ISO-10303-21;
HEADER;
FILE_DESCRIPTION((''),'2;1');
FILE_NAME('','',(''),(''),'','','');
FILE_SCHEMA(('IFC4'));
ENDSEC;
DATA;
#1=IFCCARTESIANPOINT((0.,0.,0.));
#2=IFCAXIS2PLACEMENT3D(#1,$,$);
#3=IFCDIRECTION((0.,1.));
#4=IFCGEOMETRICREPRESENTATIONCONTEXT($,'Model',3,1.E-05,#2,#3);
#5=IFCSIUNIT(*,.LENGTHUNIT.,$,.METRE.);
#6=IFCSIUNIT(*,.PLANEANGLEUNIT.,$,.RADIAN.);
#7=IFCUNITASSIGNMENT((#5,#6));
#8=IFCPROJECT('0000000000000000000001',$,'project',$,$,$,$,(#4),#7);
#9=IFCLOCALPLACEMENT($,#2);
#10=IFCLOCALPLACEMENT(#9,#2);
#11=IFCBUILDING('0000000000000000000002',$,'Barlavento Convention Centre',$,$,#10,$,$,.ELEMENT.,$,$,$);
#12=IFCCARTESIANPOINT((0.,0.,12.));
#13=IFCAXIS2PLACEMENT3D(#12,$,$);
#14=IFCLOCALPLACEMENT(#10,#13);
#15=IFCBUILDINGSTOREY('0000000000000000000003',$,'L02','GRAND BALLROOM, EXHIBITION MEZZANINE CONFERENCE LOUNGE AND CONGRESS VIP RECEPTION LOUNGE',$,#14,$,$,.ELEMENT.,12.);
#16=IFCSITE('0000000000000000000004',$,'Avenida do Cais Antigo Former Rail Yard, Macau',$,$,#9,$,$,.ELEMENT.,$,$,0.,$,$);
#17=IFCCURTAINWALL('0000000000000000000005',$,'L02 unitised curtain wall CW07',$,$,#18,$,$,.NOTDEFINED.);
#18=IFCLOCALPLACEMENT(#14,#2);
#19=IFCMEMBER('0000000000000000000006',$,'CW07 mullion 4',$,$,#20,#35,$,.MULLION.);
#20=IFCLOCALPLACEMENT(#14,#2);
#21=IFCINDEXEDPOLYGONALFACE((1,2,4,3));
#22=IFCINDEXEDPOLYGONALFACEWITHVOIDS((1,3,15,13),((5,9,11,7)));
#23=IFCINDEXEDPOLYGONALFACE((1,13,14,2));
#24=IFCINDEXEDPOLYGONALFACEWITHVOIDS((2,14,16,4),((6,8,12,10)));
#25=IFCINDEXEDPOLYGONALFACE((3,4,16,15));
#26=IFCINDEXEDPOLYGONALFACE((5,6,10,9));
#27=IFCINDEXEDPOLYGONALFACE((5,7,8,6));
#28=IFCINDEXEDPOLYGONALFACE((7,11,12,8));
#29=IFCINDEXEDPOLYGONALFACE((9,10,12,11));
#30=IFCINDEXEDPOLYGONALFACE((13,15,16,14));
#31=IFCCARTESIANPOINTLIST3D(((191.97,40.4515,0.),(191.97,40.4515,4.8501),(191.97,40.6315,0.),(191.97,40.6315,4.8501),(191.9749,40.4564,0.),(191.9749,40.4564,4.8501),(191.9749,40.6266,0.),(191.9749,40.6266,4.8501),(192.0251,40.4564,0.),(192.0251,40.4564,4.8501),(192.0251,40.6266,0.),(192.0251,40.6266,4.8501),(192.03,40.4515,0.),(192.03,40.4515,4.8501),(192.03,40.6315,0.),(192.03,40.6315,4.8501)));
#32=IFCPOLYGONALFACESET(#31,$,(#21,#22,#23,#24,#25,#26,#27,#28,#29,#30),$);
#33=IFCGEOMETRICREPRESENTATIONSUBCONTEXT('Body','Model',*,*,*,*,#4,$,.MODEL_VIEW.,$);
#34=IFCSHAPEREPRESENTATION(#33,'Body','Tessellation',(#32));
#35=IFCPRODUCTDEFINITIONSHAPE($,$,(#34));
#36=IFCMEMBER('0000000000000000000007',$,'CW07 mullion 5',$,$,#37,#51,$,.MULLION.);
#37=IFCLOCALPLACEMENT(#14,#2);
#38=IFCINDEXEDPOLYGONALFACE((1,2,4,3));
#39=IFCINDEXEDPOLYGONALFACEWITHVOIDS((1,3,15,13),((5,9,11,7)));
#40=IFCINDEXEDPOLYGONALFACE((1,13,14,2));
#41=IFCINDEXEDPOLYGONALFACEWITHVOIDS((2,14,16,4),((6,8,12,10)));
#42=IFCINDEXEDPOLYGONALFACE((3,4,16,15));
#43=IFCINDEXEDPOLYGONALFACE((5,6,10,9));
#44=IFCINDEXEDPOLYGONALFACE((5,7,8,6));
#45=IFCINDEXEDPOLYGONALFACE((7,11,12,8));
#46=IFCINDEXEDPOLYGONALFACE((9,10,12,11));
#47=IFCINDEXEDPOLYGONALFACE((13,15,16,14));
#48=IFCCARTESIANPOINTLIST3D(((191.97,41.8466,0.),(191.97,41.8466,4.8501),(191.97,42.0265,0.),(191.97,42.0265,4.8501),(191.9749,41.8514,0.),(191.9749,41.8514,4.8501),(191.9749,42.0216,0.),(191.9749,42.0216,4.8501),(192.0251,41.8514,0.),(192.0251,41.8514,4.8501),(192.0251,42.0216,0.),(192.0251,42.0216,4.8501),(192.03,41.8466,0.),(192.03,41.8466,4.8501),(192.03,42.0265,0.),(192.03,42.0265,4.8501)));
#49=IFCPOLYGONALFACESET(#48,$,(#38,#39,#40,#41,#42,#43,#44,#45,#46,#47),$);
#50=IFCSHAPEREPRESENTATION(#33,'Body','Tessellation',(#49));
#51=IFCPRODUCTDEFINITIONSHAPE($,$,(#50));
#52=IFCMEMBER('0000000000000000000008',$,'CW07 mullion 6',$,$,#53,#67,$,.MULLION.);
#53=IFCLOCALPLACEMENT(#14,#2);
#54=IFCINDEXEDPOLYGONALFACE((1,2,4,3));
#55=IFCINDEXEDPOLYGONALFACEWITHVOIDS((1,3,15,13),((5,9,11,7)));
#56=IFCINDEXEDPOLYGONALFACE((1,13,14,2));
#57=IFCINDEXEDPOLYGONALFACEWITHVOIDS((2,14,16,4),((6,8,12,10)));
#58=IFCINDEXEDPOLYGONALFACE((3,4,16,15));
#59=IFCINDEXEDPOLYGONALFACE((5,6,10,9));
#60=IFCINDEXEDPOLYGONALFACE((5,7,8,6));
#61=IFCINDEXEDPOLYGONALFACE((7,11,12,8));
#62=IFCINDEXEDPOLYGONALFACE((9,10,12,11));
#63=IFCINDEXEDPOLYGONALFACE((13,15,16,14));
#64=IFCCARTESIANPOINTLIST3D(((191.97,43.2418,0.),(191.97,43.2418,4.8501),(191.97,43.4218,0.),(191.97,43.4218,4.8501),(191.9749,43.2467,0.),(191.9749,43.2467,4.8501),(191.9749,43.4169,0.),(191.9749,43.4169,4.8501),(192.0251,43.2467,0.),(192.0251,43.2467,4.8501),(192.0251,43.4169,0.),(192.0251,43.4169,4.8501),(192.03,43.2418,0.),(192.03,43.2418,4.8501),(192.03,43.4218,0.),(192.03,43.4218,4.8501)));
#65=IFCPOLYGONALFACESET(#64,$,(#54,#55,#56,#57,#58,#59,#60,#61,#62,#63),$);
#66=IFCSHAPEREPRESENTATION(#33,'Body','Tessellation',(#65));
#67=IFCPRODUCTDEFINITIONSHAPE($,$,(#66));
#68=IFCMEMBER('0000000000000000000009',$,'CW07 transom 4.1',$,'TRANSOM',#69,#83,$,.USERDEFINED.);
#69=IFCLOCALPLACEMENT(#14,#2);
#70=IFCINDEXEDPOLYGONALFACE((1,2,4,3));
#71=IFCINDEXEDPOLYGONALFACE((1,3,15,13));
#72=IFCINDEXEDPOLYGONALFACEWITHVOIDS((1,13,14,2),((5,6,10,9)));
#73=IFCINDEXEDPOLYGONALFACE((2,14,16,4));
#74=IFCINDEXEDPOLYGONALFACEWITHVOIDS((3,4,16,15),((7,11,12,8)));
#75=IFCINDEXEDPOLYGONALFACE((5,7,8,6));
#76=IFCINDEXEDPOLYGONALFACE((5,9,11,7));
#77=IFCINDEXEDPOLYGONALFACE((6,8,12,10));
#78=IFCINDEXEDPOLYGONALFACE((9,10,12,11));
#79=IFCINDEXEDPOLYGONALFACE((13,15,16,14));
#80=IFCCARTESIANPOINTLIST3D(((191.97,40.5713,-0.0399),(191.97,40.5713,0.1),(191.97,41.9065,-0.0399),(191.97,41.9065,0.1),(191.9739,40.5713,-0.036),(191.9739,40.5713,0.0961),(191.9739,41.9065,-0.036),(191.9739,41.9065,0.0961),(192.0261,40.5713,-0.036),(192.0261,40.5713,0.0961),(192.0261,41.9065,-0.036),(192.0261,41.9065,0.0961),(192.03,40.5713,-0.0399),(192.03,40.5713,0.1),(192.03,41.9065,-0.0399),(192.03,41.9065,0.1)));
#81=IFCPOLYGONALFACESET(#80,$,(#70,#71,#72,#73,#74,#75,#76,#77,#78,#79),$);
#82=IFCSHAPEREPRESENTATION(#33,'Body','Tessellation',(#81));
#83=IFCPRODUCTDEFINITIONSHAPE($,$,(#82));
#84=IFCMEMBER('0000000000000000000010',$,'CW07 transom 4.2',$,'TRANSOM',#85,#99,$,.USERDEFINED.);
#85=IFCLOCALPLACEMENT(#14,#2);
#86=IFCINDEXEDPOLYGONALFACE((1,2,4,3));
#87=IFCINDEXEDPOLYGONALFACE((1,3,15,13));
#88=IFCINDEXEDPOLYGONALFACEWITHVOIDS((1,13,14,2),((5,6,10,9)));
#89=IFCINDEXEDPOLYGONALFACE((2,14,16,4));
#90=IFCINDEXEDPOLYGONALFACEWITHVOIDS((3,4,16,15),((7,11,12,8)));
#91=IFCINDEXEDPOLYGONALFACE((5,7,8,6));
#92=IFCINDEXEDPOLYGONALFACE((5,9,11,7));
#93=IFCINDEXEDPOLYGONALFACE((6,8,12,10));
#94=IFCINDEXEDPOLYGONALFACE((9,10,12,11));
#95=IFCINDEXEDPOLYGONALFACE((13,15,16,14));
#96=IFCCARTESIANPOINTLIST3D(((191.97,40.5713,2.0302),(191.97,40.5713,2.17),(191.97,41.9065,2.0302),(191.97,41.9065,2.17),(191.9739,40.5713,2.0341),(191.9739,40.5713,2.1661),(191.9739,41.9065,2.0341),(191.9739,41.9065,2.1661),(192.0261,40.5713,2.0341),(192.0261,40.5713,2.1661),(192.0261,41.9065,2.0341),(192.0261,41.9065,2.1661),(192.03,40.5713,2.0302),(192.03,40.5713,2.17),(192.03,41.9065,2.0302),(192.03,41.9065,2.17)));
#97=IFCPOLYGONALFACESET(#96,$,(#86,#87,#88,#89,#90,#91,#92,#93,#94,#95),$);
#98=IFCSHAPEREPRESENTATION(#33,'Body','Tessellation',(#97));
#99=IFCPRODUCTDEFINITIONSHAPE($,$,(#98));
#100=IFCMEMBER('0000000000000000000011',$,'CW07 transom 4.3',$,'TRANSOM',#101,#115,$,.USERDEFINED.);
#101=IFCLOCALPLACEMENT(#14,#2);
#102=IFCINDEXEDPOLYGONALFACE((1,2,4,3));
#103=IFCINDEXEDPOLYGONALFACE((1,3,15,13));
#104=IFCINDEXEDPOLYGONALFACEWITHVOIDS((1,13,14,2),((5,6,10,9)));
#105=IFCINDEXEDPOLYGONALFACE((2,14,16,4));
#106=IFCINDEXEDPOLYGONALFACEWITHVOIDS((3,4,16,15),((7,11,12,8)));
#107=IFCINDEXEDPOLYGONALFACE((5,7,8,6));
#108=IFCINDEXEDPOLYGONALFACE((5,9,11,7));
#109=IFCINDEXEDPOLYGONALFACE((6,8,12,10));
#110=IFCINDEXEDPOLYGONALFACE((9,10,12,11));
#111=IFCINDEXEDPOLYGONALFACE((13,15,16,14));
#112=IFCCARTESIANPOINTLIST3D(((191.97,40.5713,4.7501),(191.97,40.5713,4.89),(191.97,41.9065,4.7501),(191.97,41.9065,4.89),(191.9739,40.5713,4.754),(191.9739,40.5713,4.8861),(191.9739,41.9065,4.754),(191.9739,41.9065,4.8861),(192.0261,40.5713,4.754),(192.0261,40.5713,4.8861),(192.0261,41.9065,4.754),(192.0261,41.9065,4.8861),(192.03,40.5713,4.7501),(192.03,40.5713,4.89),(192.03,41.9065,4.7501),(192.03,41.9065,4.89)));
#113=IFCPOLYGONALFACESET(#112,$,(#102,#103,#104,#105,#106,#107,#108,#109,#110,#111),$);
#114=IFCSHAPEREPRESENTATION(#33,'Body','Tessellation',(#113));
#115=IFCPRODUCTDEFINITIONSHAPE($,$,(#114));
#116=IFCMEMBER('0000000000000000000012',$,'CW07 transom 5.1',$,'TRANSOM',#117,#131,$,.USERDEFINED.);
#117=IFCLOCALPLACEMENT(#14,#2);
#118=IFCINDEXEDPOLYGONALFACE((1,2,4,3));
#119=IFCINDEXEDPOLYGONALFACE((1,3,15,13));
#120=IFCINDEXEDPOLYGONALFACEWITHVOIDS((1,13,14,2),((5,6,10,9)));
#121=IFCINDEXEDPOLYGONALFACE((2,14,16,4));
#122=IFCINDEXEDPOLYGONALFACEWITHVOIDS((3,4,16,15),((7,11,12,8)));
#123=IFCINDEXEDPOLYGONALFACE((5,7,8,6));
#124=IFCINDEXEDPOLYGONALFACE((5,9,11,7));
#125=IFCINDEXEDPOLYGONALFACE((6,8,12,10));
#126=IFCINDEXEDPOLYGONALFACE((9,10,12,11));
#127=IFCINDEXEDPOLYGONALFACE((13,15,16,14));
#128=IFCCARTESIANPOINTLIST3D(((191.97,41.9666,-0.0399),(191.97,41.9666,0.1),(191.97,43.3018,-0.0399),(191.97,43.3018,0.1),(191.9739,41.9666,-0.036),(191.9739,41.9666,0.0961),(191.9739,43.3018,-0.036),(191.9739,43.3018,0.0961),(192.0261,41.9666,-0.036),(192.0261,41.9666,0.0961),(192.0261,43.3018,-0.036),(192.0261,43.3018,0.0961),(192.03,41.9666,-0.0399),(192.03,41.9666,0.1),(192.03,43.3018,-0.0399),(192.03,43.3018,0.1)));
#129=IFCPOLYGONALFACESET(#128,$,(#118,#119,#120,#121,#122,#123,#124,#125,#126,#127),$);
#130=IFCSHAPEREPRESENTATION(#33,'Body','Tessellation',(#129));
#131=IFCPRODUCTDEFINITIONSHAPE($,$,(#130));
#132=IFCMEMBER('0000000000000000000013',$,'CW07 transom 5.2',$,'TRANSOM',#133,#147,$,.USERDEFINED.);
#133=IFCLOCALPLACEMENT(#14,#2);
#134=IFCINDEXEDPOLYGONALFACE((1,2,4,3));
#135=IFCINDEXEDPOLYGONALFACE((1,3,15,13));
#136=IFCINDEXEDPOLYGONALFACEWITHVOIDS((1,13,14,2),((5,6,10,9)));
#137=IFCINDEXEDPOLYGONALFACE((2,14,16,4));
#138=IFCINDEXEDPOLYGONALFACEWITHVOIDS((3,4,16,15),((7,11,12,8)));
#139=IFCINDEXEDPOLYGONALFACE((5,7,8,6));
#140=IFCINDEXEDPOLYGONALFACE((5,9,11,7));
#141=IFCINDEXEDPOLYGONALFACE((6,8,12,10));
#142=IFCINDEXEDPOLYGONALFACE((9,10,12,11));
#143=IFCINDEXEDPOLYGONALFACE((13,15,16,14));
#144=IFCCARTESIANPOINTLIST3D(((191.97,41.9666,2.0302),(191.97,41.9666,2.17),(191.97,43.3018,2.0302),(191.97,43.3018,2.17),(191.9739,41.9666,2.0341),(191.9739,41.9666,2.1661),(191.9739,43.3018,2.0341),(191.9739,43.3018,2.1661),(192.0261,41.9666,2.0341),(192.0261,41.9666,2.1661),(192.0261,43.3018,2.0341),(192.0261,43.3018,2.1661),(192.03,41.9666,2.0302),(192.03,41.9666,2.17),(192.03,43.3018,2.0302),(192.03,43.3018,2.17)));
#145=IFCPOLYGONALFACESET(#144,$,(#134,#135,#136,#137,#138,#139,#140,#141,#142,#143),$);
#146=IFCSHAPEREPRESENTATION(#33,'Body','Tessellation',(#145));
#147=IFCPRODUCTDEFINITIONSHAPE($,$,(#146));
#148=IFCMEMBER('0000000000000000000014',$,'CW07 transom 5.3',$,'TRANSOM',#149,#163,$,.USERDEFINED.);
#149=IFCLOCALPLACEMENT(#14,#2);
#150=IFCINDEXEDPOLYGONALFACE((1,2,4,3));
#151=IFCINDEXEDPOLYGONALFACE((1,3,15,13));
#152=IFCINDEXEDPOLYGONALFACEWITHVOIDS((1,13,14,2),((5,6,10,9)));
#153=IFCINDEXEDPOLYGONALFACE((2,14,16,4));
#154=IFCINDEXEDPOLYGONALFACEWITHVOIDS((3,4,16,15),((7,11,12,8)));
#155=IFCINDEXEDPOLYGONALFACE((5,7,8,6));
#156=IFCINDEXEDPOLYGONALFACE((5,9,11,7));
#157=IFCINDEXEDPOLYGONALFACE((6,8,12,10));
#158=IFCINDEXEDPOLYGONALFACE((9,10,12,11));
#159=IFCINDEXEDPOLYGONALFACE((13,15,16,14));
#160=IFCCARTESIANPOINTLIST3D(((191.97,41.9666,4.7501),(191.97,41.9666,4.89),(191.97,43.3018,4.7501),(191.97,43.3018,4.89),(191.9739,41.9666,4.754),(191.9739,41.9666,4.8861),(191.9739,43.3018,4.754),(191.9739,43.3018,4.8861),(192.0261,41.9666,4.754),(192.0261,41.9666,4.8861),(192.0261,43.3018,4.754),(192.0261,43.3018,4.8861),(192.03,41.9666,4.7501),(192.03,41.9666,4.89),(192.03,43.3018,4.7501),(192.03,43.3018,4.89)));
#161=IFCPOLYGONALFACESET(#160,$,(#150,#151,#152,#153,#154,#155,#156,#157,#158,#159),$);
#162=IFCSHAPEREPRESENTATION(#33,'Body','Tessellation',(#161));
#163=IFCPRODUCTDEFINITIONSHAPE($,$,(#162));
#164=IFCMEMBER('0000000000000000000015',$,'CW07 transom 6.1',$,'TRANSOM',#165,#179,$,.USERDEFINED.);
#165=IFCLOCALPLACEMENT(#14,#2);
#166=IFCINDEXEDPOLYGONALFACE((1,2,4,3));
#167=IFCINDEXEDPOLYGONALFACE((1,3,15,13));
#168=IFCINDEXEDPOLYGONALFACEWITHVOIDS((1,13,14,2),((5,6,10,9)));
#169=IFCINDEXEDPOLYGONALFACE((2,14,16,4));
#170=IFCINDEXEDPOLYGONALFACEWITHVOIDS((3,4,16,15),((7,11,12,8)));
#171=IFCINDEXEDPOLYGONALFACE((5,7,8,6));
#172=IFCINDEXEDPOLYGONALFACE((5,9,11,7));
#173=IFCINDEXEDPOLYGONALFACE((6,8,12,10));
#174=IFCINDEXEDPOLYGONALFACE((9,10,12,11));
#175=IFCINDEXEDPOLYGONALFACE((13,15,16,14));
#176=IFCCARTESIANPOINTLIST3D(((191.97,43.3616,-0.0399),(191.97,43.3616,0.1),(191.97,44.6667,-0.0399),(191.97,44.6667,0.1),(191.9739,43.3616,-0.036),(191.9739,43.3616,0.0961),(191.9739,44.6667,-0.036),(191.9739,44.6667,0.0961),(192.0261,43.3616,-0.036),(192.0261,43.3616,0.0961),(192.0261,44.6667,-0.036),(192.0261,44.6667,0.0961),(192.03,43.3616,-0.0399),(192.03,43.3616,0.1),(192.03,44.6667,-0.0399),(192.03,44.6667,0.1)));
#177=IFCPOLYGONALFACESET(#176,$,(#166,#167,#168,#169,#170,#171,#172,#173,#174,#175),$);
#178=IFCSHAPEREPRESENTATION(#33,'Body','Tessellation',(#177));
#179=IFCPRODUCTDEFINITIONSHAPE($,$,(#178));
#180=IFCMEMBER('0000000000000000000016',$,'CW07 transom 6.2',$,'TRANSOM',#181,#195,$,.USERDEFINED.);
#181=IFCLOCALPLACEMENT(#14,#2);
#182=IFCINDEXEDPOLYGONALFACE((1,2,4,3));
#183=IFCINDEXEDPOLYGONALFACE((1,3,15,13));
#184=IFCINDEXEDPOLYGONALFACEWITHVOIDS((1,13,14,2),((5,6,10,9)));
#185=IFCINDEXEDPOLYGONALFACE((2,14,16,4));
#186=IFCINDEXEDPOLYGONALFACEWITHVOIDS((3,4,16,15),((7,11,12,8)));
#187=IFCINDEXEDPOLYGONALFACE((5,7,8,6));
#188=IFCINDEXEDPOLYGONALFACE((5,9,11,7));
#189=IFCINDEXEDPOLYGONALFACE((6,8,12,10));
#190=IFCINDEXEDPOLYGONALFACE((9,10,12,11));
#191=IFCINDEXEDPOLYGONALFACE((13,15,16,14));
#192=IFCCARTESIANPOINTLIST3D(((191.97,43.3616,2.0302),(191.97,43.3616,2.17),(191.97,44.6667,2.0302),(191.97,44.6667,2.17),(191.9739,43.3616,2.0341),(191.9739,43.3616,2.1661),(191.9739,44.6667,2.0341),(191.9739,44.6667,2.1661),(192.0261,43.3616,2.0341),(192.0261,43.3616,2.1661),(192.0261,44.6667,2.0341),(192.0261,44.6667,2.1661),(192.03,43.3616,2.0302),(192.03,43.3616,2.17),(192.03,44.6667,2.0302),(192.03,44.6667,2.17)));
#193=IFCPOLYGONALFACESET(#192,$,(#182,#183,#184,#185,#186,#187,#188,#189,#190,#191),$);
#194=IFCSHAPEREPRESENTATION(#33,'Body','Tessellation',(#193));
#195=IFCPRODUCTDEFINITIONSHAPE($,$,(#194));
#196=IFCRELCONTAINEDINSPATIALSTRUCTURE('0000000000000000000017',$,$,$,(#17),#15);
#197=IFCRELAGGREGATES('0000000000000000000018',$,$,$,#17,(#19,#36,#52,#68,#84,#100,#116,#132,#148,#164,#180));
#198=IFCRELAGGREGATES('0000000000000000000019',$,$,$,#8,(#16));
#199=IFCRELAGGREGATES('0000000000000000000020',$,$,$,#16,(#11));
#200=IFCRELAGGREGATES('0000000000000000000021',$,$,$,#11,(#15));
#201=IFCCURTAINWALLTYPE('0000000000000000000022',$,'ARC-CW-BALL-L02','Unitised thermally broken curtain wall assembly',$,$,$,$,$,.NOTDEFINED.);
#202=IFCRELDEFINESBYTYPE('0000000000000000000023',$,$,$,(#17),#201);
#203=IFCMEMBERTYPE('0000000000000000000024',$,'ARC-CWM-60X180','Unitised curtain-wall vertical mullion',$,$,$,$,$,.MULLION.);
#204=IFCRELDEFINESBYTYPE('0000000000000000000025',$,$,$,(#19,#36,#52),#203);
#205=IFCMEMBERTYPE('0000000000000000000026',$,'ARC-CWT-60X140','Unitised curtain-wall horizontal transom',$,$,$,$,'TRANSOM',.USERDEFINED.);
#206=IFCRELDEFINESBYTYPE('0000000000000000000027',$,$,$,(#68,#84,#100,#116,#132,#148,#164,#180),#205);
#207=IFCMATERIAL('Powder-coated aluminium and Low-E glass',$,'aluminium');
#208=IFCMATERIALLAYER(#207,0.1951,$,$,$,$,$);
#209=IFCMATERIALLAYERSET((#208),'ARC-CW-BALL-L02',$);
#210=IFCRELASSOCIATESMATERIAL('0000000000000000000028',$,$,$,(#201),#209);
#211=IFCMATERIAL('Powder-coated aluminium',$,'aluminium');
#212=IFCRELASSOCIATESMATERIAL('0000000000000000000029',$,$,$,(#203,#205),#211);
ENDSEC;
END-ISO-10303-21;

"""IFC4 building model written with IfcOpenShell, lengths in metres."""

from ifc_helpers import new_model, si_unit, direction, frame, origin, origin_2d, place, context, subcontext, project, spatial, hollow_rectangle, extrude, material, layer, layer_set, material_profile, profile_set, type_object, element, aggregate, save


model = new_model("IFC4")

# Units and contexts
model_context = context("Model", 3, precision=1e-05, world=origin(), true_north=direction((0.0, 1.0)))
body_context = subcontext(model_context, "Body", "Model", "MODEL_VIEW")
ifc_project = project(units=[si_unit("LENGTHUNIT", "METRE"), si_unit("PLANEANGLEUNIT", "RADIAN")], contexts=[model_context])

# Site, building, storey
site_placement = place(None, origin())
site = spatial("IfcSite", under=ifc_project, at=site_placement, Name="Avenida do Cais Antigo Former Rail Yard, Macau", CompositionType="ELEMENT", RefElevation=0.0)
building_placement = place(site_placement, origin())
building = spatial("IfcBuilding", under=site, at=building_placement, Name="Barlavento Convention Centre", CompositionType="ELEMENT")
storey_placement = place(building_placement, frame((0.0, 0.0, 12.0)))
storey = spatial("IfcBuildingStorey", under=building, at=storey_placement, Name="L02", Description="GRAND BALLROOM, EXHIBITION MEZZANINE CONFERENCE LOUNGE AND CONGRESS VIP RECEPTION LOUNGE", CompositionType="ELEMENT", Elevation=12.0)

# Curtain wall, members
ifc_material_1 = material(Name="Powder-coated aluminium and Low-E glass", Category="aluminium")
ifc_layer_1 = layer(ifc_material_1, 0.1951)
ifc_layer_set_1 = layer_set([ifc_layer_1], Name="ARC-CW-BALL-L02")
curtain_wall_type = type_object("IfcCurtainWallType", Name="ARC-CW-BALL-L02", Description="Unitised thermally broken curtain wall assembly", PredefinedType="NOTDEFINED", material=ifc_layer_set_1)
curtain_wall_placement = place(storey_placement, origin())
curtain_wall = element("IfcCurtainWall", 1, at=curtain_wall_placement, inside=storey, type_object=curtain_wall_type, Name="L02 unitised curtain wall CW07", PredefinedType="NOTDEFINED")
ifc_material_2 = material(Name="Powder-coated aluminium", Category="aluminium")
ifc_material_profile_1 = material_profile(ifc_material_2, hollow_rectangle(XDim=0.0601, YDim=0.1799, WallThickness=0.0049, at=origin_2d()), Name="AL-MULL 60x180x5")
ifc_profile_set_1 = profile_set([ifc_material_profile_1], Name="Powder-coated aluminium")
member_type_1 = type_object("IfcMemberType", Name="ARC-CWM-60X180", Description="Unitised curtain-wall vertical mullion", PredefinedType="MULLION", material=ifc_profile_set_1)
member_1_placement = place(storey_placement, frame((192.0, 40.5415, 0.0), z_axis=(0.0, 0.0, 1.0), x_axis=(-1.0, 0.0, 0.0)))
member_1 = element("IfcMember", 2, at=member_1_placement, type_object=member_type_1, Name="CW07 mullion 4", PredefinedType="MULLION", context=body_context, shape_type="SweptSolid", body=[
    extrude(hollow_rectangle(XDim=0.0601, YDim=0.1799, WallThickness=0.0049, at=origin_2d()), origin(), (0.0, 0.0, 1.0), 4.8501),
])
member_2_placement = place(storey_placement, frame((192.0, 41.9365, 0.0), z_axis=(0.0, 0.0, 1.0), x_axis=(-1.0, 0.0, 0.0)))
member_2 = element("IfcMember", 3, at=member_2_placement, type_object=member_type_1, Name="CW07 mullion 5", PredefinedType="MULLION", context=body_context, shape_type="SweptSolid", body=[
    extrude(hollow_rectangle(XDim=0.0601, YDim=0.1799, WallThickness=0.0049, at=origin_2d()), origin(), (0.0, 0.0, 1.0), 4.8501),
])
member_3_placement = place(storey_placement, frame((192.0, 43.3318, 0.0), z_axis=(0.0, 0.0, 1.0), x_axis=(-1.0, 0.0, 0.0)))
member_3 = element("IfcMember", 4, at=member_3_placement, type_object=member_type_1, Name="CW07 mullion 6", PredefinedType="MULLION", context=body_context, shape_type="SweptSolid", body=[
    extrude(hollow_rectangle(XDim=0.0601, YDim=0.1799, WallThickness=0.0049, at=origin_2d()), origin(), (0.0, 0.0, 1.0), 4.8501),
])
ifc_material_profile_2 = material_profile(ifc_material_2, hollow_rectangle(XDim=0.0601, YDim=0.1399, WallThickness=0.0039, at=origin_2d()), Name="AL-TRAN 60x140x4")
ifc_profile_set_2 = profile_set([ifc_material_profile_2], Name="Powder-coated aluminium")
member_type_2 = type_object("IfcMemberType", Name="ARC-CWT-60X140", Description="Unitised curtain-wall horizontal transom", ElementType="TRANSOM", PredefinedType="USERDEFINED", material=ifc_profile_set_2)
member_4_placement = place(storey_placement, frame((192.0, 40.5713, 0.03), z_axis=(0.0, 1.0, 0.0), x_axis=(-1.0, 0.0, 0.0)))
member_4 = element("IfcMember", 5, at=member_4_placement, type_object=member_type_2, Name="CW07 transom 4.1", ObjectType="TRANSOM", PredefinedType="USERDEFINED", context=body_context, shape_type="SweptSolid", body=[
    extrude(hollow_rectangle(XDim=0.0601, YDim=0.1399, WallThickness=0.0039, at=origin_2d()), origin(), (0.0, 0.0, 1.0), 1.3352),
])
member_5_placement = place(storey_placement, frame((192.0, 40.5713, 2.1001), z_axis=(0.0, 1.0, 0.0), x_axis=(-1.0, 0.0, 0.0)))
member_5 = element("IfcMember", 6, at=member_5_placement, type_object=member_type_2, Name="CW07 transom 4.2", ObjectType="TRANSOM", PredefinedType="USERDEFINED", context=body_context, shape_type="SweptSolid", body=[
    extrude(hollow_rectangle(XDim=0.0601, YDim=0.1399, WallThickness=0.0039, at=origin_2d()), origin(), (0.0, 0.0, 1.0), 1.3352),
])
member_6_placement = place(storey_placement, frame((192.0, 40.5713, 4.8201), z_axis=(0.0, 1.0, 0.0), x_axis=(-1.0, 0.0, 0.0)))
member_6 = element("IfcMember", 7, at=member_6_placement, type_object=member_type_2, Name="CW07 transom 4.3", ObjectType="TRANSOM", PredefinedType="USERDEFINED", context=body_context, shape_type="SweptSolid", body=[
    extrude(hollow_rectangle(XDim=0.0601, YDim=0.1399, WallThickness=0.0039, at=origin_2d()), origin(), (0.0, 0.0, 1.0), 1.3352),
])
member_7_placement = place(storey_placement, frame((192.0, 41.9666, 0.03), z_axis=(0.0, 1.0, 0.0), x_axis=(-1.0, 0.0, 0.0)))
member_7 = element("IfcMember", 8, at=member_7_placement, type_object=member_type_2, Name="CW07 transom 5.1", ObjectType="TRANSOM", PredefinedType="USERDEFINED", context=body_context, shape_type="SweptSolid", body=[
    extrude(hollow_rectangle(XDim=0.0601, YDim=0.1399, WallThickness=0.0039, at=origin_2d()), origin(), (0.0, 0.0, 1.0), 1.3352),
])
member_8_placement = place(storey_placement, frame((192.0, 41.9666, 2.1001), z_axis=(0.0, 1.0, 0.0), x_axis=(-1.0, 0.0, 0.0)))
member_8 = element("IfcMember", 9, at=member_8_placement, type_object=member_type_2, Name="CW07 transom 5.2", ObjectType="TRANSOM", PredefinedType="USERDEFINED", context=body_context, shape_type="SweptSolid", body=[
    extrude(hollow_rectangle(XDim=0.0601, YDim=0.1399, WallThickness=0.0039, at=origin_2d()), origin(), (0.0, 0.0, 1.0), 1.3352),
])
member_9_placement = place(storey_placement, frame((192.0, 41.9666, 4.8201), z_axis=(0.0, 1.0, 0.0), x_axis=(-1.0, 0.0, 0.0)))
member_9 = element("IfcMember", 10, at=member_9_placement, type_object=member_type_2, Name="CW07 transom 5.3", ObjectType="TRANSOM", PredefinedType="USERDEFINED", context=body_context, shape_type="SweptSolid", body=[
    extrude(hollow_rectangle(XDim=0.0601, YDim=0.1399, WallThickness=0.0039, at=origin_2d()), origin(), (0.0, 0.0, 1.0), 1.3352),
])
member_10_placement = place(storey_placement, frame((192.0, 43.3616, 0.03), z_axis=(0.0, 1.0, 0.0), x_axis=(-1.0, 0.0, 0.0)))
member_10 = element("IfcMember", 11, at=member_10_placement, type_object=member_type_2, Name="CW07 transom 6.1", ObjectType="TRANSOM", PredefinedType="USERDEFINED", context=body_context, shape_type="SweptSolid", body=[
    extrude(hollow_rectangle(XDim=0.0601, YDim=0.1399, WallThickness=0.0039, at=origin_2d()), origin(), (0.0, 0.0, 1.0), 1.3052),
])
member_11_placement = place(storey_placement, frame((192.0, 43.3616, 2.1001), z_axis=(0.0, 1.0, 0.0), x_axis=(-1.0, 0.0, 0.0)))
member_11 = element("IfcMember", 12, at=member_11_placement, type_object=member_type_2, Name="CW07 transom 6.2", ObjectType="TRANSOM", PredefinedType="USERDEFINED", context=body_context, shape_type="SweptSolid", body=[
    extrude(hollow_rectangle(XDim=0.0601, YDim=0.1399, WallThickness=0.0039, at=origin_2d()), origin(), (0.0, 0.0, 1.0), 1.3052),
])
aggregate(curtain_wall, [member_1, member_2, member_3, member_4, member_5, member_6, member_7, member_8, member_9, member_10, member_11])

save(model, "model.ifc")
